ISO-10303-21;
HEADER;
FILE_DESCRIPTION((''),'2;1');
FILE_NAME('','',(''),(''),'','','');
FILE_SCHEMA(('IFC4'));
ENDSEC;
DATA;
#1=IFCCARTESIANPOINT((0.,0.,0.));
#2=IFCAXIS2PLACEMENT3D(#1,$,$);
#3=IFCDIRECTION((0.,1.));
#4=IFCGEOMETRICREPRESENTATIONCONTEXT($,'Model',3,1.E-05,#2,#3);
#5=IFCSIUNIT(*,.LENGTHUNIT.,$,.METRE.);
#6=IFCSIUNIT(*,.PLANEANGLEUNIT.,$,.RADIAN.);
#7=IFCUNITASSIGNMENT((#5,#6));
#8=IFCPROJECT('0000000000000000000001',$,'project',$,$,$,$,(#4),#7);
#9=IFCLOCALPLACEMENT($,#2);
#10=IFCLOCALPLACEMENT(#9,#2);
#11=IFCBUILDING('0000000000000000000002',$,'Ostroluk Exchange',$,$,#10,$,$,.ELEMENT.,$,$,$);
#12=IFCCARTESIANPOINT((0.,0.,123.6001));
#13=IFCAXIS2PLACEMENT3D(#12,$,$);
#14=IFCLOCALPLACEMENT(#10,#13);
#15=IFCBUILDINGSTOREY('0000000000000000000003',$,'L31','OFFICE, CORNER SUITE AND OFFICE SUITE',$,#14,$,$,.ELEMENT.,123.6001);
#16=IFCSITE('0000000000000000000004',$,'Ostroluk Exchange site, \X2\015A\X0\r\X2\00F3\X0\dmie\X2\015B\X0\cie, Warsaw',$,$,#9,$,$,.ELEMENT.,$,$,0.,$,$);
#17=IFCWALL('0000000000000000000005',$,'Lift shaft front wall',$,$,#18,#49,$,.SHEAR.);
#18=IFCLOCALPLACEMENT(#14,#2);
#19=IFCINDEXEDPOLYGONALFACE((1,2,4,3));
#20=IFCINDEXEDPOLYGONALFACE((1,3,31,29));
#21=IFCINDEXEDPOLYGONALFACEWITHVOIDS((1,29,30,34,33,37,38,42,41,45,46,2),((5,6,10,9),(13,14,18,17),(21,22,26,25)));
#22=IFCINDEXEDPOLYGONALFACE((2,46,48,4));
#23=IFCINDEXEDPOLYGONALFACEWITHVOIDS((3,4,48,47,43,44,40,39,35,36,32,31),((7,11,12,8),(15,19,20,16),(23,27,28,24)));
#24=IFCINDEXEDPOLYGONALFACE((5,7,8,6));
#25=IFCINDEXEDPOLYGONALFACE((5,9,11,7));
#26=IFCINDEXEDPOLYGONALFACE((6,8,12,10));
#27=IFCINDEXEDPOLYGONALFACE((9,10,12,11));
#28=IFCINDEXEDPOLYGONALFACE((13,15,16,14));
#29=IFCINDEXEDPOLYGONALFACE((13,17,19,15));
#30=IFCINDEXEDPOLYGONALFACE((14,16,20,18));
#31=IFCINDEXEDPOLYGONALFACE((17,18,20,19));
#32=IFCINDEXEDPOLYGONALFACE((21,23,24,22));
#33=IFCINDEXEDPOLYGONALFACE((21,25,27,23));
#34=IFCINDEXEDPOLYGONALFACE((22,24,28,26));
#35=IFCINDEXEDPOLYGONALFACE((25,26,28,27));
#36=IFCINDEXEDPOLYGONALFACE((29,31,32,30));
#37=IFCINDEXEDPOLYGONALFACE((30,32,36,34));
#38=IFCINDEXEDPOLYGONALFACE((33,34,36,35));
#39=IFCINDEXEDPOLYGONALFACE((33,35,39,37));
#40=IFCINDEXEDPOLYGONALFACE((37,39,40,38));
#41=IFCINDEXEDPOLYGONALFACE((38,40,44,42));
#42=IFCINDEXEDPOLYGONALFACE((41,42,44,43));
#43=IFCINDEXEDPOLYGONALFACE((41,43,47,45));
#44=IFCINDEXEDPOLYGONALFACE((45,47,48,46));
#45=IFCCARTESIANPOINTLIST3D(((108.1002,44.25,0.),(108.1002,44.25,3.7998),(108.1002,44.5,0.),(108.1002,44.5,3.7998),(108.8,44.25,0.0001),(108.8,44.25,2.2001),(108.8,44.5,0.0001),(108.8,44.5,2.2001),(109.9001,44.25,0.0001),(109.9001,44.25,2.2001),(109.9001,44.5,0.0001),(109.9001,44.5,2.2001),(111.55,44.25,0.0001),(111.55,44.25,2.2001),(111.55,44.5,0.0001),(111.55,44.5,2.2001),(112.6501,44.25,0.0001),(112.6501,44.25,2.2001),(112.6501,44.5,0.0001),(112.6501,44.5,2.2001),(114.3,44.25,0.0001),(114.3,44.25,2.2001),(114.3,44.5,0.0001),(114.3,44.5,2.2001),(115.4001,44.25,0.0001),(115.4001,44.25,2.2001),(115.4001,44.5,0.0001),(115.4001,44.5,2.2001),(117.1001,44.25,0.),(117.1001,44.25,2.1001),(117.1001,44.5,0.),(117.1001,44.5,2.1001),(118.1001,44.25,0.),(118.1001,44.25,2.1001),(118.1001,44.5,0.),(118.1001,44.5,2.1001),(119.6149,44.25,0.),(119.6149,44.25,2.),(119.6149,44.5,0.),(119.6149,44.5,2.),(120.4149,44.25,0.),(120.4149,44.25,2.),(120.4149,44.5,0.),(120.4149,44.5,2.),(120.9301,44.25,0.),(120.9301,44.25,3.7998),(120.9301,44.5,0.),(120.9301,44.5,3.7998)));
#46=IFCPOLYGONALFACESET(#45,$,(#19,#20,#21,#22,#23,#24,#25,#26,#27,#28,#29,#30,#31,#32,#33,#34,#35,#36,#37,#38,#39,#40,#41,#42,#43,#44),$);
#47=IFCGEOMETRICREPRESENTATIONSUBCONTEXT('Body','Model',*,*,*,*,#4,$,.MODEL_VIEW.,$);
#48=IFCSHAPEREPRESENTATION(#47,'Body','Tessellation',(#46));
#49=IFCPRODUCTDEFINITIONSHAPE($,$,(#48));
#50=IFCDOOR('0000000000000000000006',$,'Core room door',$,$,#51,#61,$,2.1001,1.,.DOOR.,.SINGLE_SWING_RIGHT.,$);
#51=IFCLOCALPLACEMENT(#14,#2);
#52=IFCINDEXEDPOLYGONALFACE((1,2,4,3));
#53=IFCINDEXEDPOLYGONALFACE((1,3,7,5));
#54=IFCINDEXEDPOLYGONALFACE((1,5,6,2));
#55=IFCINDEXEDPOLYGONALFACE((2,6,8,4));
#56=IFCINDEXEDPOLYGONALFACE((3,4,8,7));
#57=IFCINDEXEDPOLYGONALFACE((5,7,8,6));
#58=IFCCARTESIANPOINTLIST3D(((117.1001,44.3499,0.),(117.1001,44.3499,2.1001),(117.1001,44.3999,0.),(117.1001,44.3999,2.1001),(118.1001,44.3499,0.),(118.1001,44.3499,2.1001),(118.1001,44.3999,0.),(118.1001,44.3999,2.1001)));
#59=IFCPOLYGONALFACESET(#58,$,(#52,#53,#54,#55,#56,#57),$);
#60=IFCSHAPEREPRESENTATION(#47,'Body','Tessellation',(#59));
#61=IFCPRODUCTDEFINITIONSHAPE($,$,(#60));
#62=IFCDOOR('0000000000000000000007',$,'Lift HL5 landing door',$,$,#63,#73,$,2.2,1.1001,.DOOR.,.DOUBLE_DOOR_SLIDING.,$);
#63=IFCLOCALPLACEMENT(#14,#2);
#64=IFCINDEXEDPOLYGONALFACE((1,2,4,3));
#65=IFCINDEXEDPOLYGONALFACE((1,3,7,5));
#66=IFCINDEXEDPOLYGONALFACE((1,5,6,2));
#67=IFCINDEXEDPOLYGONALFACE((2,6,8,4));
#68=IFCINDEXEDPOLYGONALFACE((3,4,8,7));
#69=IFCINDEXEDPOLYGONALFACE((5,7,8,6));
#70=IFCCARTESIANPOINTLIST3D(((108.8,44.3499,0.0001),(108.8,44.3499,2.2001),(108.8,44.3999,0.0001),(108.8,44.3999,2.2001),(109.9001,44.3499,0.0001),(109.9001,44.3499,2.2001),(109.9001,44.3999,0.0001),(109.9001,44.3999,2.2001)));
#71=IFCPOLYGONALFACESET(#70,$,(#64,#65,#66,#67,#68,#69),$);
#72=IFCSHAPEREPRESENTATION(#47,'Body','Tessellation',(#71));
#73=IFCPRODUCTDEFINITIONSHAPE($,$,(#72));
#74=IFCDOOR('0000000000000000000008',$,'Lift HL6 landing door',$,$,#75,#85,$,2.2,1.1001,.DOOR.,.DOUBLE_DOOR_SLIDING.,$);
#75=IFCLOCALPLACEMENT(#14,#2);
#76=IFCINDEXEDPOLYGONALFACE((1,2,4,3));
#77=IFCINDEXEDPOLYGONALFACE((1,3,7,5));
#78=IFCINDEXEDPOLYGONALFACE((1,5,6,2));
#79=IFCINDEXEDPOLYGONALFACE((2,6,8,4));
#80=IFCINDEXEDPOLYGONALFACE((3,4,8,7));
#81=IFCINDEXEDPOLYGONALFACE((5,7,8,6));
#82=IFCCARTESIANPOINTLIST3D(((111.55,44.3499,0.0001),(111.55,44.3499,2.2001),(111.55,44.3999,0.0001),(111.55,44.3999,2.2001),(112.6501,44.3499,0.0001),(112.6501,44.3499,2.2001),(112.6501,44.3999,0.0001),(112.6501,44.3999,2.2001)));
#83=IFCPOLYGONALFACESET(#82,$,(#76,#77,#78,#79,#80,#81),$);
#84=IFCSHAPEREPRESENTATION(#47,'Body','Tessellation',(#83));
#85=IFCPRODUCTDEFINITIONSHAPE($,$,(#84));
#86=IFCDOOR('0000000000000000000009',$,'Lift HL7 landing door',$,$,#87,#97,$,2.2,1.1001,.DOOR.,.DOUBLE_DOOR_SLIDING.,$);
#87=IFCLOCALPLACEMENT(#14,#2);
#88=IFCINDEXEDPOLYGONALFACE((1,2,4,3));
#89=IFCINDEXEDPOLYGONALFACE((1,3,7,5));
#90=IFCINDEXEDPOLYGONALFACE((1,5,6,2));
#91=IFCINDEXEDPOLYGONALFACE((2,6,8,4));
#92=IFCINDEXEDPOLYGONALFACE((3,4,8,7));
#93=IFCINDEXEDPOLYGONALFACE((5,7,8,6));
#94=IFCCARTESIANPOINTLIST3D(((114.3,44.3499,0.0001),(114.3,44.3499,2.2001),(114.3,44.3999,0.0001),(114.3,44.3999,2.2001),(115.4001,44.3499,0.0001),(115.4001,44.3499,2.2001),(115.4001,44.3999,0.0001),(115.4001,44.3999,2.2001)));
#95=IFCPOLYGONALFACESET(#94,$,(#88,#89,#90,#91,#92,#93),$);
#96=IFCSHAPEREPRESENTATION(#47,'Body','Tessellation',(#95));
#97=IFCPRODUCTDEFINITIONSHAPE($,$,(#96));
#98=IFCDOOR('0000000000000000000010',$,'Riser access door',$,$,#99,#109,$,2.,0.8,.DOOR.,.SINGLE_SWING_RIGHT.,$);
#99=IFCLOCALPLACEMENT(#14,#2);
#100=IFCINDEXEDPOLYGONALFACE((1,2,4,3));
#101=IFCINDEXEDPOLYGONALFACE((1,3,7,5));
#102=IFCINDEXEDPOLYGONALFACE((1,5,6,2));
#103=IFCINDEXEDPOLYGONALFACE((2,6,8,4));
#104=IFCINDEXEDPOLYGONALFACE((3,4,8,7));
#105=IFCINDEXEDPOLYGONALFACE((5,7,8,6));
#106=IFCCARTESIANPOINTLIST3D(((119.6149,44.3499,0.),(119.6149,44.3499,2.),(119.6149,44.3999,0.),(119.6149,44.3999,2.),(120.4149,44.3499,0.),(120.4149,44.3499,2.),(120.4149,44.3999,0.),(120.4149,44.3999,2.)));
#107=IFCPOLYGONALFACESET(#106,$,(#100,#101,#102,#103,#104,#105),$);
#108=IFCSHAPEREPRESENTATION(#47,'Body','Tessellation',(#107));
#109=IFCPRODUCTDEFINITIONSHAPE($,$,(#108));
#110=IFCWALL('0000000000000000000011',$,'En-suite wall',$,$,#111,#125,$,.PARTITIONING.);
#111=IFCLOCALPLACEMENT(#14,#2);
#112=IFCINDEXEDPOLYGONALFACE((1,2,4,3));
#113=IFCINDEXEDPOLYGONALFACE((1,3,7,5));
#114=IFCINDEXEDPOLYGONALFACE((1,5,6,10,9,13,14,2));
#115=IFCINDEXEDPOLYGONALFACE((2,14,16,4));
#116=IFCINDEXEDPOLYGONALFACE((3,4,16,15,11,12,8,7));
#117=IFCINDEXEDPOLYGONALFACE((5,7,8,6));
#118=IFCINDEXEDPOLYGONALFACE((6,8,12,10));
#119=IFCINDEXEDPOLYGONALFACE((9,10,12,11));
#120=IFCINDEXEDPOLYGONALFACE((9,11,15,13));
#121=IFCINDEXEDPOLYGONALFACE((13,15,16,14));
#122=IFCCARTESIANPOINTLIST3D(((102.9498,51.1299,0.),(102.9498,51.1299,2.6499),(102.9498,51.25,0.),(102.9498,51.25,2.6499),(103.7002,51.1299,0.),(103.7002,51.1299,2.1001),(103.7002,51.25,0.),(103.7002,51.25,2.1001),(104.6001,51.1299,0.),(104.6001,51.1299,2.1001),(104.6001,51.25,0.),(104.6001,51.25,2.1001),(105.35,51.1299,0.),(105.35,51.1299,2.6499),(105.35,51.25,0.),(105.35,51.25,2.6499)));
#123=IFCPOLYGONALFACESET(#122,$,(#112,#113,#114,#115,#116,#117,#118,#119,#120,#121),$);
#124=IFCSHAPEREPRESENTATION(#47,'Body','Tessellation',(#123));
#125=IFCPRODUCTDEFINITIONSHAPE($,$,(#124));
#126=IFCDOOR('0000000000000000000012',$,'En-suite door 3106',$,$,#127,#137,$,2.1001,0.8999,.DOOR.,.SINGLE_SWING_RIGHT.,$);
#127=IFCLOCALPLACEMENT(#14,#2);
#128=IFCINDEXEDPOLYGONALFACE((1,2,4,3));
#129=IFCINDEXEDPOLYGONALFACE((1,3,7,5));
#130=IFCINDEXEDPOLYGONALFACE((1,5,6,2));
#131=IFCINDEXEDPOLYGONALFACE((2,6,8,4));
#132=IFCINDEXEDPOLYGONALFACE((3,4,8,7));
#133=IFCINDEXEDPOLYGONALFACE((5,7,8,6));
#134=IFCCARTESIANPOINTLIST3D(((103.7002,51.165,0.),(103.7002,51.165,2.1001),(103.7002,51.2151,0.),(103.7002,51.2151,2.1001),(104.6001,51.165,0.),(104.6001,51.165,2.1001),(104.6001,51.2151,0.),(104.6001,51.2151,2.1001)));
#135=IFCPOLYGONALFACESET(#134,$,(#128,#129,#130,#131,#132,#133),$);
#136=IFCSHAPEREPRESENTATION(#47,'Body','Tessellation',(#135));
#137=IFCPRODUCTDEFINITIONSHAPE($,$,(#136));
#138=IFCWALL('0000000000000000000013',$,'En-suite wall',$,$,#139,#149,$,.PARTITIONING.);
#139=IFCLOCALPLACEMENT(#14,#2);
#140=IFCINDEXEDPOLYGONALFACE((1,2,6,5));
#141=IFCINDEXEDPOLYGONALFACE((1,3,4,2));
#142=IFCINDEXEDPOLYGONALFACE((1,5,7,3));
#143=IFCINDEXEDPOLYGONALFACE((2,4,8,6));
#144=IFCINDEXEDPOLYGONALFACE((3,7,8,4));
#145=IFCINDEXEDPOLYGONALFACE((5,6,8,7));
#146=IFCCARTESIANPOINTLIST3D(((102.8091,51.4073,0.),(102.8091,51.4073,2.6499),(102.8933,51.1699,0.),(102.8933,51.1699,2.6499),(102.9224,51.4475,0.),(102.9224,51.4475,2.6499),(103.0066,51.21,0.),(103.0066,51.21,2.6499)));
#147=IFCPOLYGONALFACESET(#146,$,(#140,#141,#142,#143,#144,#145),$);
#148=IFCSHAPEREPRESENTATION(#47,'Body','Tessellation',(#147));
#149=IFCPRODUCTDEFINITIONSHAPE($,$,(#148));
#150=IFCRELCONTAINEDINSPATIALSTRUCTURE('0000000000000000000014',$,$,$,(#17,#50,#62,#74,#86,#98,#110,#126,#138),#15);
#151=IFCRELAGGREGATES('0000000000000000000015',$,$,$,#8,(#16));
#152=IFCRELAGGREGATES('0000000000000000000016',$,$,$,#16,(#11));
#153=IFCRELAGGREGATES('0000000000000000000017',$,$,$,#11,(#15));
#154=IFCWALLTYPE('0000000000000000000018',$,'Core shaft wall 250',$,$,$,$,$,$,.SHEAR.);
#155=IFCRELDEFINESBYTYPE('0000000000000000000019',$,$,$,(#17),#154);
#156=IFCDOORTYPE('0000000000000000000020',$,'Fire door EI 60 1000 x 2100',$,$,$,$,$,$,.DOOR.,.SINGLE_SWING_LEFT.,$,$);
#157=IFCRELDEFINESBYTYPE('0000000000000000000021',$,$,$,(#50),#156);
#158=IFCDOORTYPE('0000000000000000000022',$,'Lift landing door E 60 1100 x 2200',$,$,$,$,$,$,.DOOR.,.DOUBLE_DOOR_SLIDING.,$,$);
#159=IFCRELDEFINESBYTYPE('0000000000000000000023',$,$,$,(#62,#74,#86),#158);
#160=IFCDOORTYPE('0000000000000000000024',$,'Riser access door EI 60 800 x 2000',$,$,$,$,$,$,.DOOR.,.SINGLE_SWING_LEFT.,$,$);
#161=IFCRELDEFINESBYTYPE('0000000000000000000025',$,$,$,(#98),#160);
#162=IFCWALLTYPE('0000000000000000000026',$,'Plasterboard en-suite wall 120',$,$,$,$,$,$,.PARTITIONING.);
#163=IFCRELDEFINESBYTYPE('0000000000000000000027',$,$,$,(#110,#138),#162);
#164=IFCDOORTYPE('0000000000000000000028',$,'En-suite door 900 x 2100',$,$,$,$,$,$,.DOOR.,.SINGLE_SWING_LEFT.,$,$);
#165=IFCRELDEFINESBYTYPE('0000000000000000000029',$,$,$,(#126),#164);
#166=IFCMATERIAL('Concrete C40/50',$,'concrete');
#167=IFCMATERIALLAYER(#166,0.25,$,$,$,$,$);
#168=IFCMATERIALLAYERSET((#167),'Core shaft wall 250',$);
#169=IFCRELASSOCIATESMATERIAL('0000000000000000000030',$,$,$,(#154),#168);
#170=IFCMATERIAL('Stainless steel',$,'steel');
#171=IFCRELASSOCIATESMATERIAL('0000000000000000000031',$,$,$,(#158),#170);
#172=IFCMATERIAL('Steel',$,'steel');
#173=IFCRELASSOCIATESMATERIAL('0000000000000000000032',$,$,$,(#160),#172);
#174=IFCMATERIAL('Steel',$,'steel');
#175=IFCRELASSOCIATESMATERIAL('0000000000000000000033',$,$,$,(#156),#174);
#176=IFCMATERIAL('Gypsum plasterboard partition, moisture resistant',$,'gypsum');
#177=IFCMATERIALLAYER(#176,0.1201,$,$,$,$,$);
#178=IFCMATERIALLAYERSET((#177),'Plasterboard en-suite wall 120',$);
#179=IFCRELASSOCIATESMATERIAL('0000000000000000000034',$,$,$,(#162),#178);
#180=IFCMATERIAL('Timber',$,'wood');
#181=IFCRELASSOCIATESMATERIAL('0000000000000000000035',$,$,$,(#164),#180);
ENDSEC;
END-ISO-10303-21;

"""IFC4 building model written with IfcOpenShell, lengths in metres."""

from ifc_helpers import new_model, si_unit, direction, frame, frame_2d, origin, place, context, subcontext, project, spatial, rectangle, extrude, material, layer, layer_set, type_object, element, fill, save


model = new_model("IFC4")

# Units and contexts
model_context = context("Model", 3, precision=1e-05, world=origin(), true_north=direction((0.0, 1.0)))
body_context = subcontext(model_context, "Body", "Model", "MODEL_VIEW")
ifc_project = project(units=[si_unit("LENGTHUNIT", "METRE"), si_unit("PLANEANGLEUNIT", "RADIAN")], contexts=[model_context])

# Site, building, storey
site_placement = place(None, origin())
site = spatial("IfcSite", under=ifc_project, at=site_placement, Name="Ostroluk Exchange site, Śródmieście, Warsaw", CompositionType="ELEMENT", RefElevation=0.0)
building_placement = place(site_placement, origin())
building = spatial("IfcBuilding", under=site, at=building_placement, Name="Ostroluk Exchange", CompositionType="ELEMENT")
storey_placement = place(building_placement, frame((0.0, 0.0, 123.6001)))
storey = spatial("IfcBuildingStorey", under=building, at=storey_placement, Name="L31", Description="OFFICE, CORNER SUITE AND OFFICE SUITE", CompositionType="ELEMENT", Elevation=123.6001)

# Shared definitions
ifc_material_1 = material(Name="Concrete C40/50", Category="concrete")
ifc_layer_1 = layer(ifc_material_1, 0.25)
ifc_layer_set_1 = layer_set([ifc_layer_1], Name="Core shaft wall 250")
wall_type_1 = type_object("IfcWallType", Name="Core shaft wall 250", PredefinedType="SHEAR", material=ifc_layer_set_1)

# Shared definitions
ifc_material_2 = material(Name="Stainless steel", Category="steel")
door_type_1 = type_object("IfcDoorType", Name="Lift landing door E 60 1100 x 2200", OperationType="DOUBLE_DOOR_SLIDING", PredefinedType="DOOR", material=ifc_material_2)
ifc_material_3 = material(Name="Steel", Category="steel")
door_type_2 = type_object("IfcDoorType", Name="Riser access door EI 60 800 x 2000", OperationType="SINGLE_SWING_LEFT", PredefinedType="DOOR", material=ifc_material_3)

# Wall, openings, doors
wall_1_placement = place(storey_placement, frame((108.1001, 44.375, 0.0), z_axis=(0.0, 0.0, 1.0), x_axis=(1.0, 0.0, 0.0)))
wall_1 = element("IfcWall", 1, at=wall_1_placement, inside=storey, type_object=wall_type_1, Name="Lift shaft front wall", PredefinedType="SHEAR", context=body_context, shape_type="SweptSolid", body=[
    extrude(rectangle(XDim=12.8298, YDim=0.25, at=frame_2d((6.415, 0.0))), origin(), (0.0, 0.0, 1.0), 3.7998),
])
opening_1_placement = place(wall_1_placement, frame((0.7, 0.0, 0.0)))
opening_1 = element("IfcOpeningElement", 2, at=opening_1_placement, cuts=wall_1, PredefinedType="OPENING", context=body_context, shape_type="SweptSolid", body=[
    extrude(rectangle(XDim=1.1001, YDim=2.2, at=frame_2d((0.55, 1.1001))), frame((0.0, 0.135, 0.0), z_axis=(0.0, -1.0, 0.0), x_axis=(1.0, 0.0, 0.0)), (0.0, 0.0, 1.0), 0.27),
])
opening_2_placement = place(wall_1_placement, frame((3.45, 0.0, 0.0)))
opening_2 = element("IfcOpeningElement", 3, at=opening_2_placement, cuts=wall_1, PredefinedType="OPENING", context=body_context, shape_type="SweptSolid", body=[
    extrude(rectangle(XDim=1.1001, YDim=2.2, at=frame_2d((0.55, 1.1001))), frame((0.0, 0.135, 0.0), z_axis=(0.0, -1.0, 0.0), x_axis=(1.0, 0.0, 0.0)), (0.0, 0.0, 1.0), 0.27),
])
opening_3_placement = place(wall_1_placement, frame((6.2, 0.0, 0.0)))
opening_3 = element("IfcOpeningElement", 4, at=opening_3_placement, cuts=wall_1, PredefinedType="OPENING", context=body_context, shape_type="SweptSolid", body=[
    extrude(rectangle(XDim=1.1001, YDim=2.2, at=frame_2d((0.55, 1.1001))), frame((0.0, 0.135, 0.0), z_axis=(0.0, -1.0, 0.0), x_axis=(1.0, 0.0, 0.0)), (0.0, 0.0, 1.0), 0.27),
])
opening_4_placement = place(wall_1_placement, frame((9.0, 0.0, 0.0)))
opening_4 = element("IfcOpeningElement", 5, at=opening_4_placement, cuts=wall_1, PredefinedType="OPENING", context=body_context, shape_type="SweptSolid", body=[
    extrude(rectangle(XDim=1.0, YDim=2.1001, at=frame_2d((0.5, 1.05))), frame((0.0, 0.135, 0.0), z_axis=(0.0, -1.0, 0.0), x_axis=(1.0, 0.0, 0.0)), (0.0, 0.0, 1.0), 0.27),
])
opening_5_placement = place(wall_1_placement, frame((11.5149, 0.0, 0.0)))
opening_5 = element("IfcOpeningElement", 6, at=opening_5_placement, cuts=wall_1, PredefinedType="OPENING", context=body_context, shape_type="SweptSolid", body=[
    extrude(rectangle(XDim=0.8, YDim=2.0, at=frame_2d((0.3999, 1.0))), frame((0.0, 0.135, 0.0), z_axis=(0.0, -1.0, 0.0), x_axis=(1.0, 0.0, 0.0)), (0.0, 0.0, 1.0), 0.27),
])
ifc_material_4 = material(Name="Steel", Category="steel")
door_type_3 = type_object("IfcDoorType", Name="Fire door EI 60 1000 x 2100", OperationType="SINGLE_SWING_LEFT", PredefinedType="DOOR", material=ifc_material_4)
door_1_placement = place(opening_4_placement, origin())
door_1 = element("IfcDoor", 7, at=door_1_placement, inside=storey, type_object=door_type_3, Name="Core room door", OperationType="SINGLE_SWING_RIGHT", OverallHeight=2.1001, OverallWidth=1.0, PredefinedType="DOOR", context=body_context, shape_type="SweptSolid", body=[
    extrude(rectangle(XDim=1.0, YDim=2.1001, at=frame_2d((0.5, 1.05))), frame((0.0, 0.0249, 0.0), z_axis=(0.0, -1.0, 0.0), x_axis=(1.0, 0.0, 0.0)), (0.0, 0.0, 1.0), 0.05),
])
fill(opening_4, door_1)
door_2_placement = place(opening_1_placement, origin())
door_2 = element("IfcDoor", 8, at=door_2_placement, inside=storey, type_object=door_type_1, Name="Lift HL5 landing door", OperationType="DOUBLE_DOOR_SLIDING", OverallHeight=2.2, OverallWidth=1.1001, PredefinedType="DOOR", context=body_context, shape_type="SweptSolid", body=[
    extrude(rectangle(XDim=1.1001, YDim=2.2, at=frame_2d((0.55, 1.1001))), frame((0.0, 0.0249, 0.0), z_axis=(0.0, -1.0, 0.0), x_axis=(1.0, 0.0, 0.0)), (0.0, 0.0, 1.0), 0.05),
])
fill(opening_1, door_2)
door_3_placement = place(opening_2_placement, origin())
door_3 = element("IfcDoor", 9, at=door_3_placement, inside=storey, type_object=door_type_1, Name="Lift HL6 landing door", OperationType="DOUBLE_DOOR_SLIDING", OverallHeight=2.2, OverallWidth=1.1001, PredefinedType="DOOR", context=body_context, shape_type="SweptSolid", body=[
    extrude(rectangle(XDim=1.1001, YDim=2.2, at=frame_2d((0.55, 1.1001))), frame((0.0, 0.0249, 0.0), z_axis=(0.0, -1.0, 0.0), x_axis=(1.0, 0.0, 0.0)), (0.0, 0.0, 1.0), 0.05),
])
fill(opening_2, door_3)
door_4_placement = place(opening_3_placement, origin())
door_4 = element("IfcDoor", 10, at=door_4_placement, inside=storey, type_object=door_type_1, Name="Lift HL7 landing door", OperationType="DOUBLE_DOOR_SLIDING", OverallHeight=2.2, OverallWidth=1.1001, PredefinedType="DOOR", context=body_context, shape_type="SweptSolid", body=[
    extrude(rectangle(XDim=1.1001, YDim=2.2, at=frame_2d((0.55, 1.1001))), frame((0.0, 0.0249, 0.0), z_axis=(0.0, -1.0, 0.0), x_axis=(1.0, 0.0, 0.0)), (0.0, 0.0, 1.0), 0.05),
])
fill(opening_3, door_4)
door_5_placement = place(opening_5_placement, origin())
door_5 = element("IfcDoor", 11, at=door_5_placement, inside=storey, type_object=door_type_2, Name="Riser access door", OperationType="SINGLE_SWING_RIGHT", OverallHeight=2.0, OverallWidth=0.8, PredefinedType="DOOR", context=body_context, shape_type="SweptSolid", body=[
    extrude(rectangle(XDim=0.8, YDim=2.0, at=frame_2d((0.3999, 1.0))), frame((0.0, 0.0249, 0.0), z_axis=(0.0, -1.0, 0.0), x_axis=(1.0, 0.0, 0.0)), (0.0, 0.0, 1.0), 0.05),
])
fill(opening_5, door_5)

# Wall, opening, door
ifc_material_5 = material(Name="Gypsum plasterboard partition, moisture resistant", Category="gypsum")
ifc_layer_2 = layer(ifc_material_5, 0.1201)
ifc_layer_set_2 = layer_set([ifc_layer_2], Name="Plasterboard en-suite wall 120")
wall_type_2 = type_object("IfcWallType", Name="Plasterboard en-suite wall 120", PredefinedType="PARTITIONING", material=ifc_layer_set_2)
wall_2_placement = place(storey_placement, frame((105.3501, 51.1899, 0.0), z_axis=(0.0, 0.0, 1.0), x_axis=(-1.0, 0.0, 0.0)))
wall_2 = element("IfcWall", 12, at=wall_2_placement, inside=storey, type_object=wall_type_2, Name="En-suite wall", PredefinedType="PARTITIONING", context=body_context, shape_type="SweptSolid", body=[
    extrude(rectangle(XDim=2.4001, YDim=0.1201, at=frame_2d((1.2002, 0.0))), origin(), (0.0, 0.0, 1.0), 2.6499),
])
opening_6_placement = place(wall_2_placement, frame((0.75, 0.0, 0.0)))
opening_6 = element("IfcOpeningElement", 13, at=opening_6_placement, cuts=wall_2, PredefinedType="OPENING", context=body_context, shape_type="SweptSolid", body=[
    extrude(rectangle(XDim=0.8999, YDim=2.1001, at=frame_2d((0.45, 1.05))), frame((0.0, 0.0701, 0.0), z_axis=(0.0, -1.0, 0.0), x_axis=(1.0, 0.0, 0.0)), (0.0, 0.0, 1.0), 0.1401),
])
ifc_material_6 = material(Name="Timber", Category="wood")
door_type_4 = type_object("IfcDoorType", Name="En-suite door 900 x 2100", OperationType="SINGLE_SWING_LEFT", PredefinedType="DOOR", material=ifc_material_6)
door_6_placement = place(opening_6_placement, origin())
door_6 = element("IfcDoor", 14, at=door_6_placement, inside=storey, type_object=door_type_4, Name="En-suite door 3106", OperationType="SINGLE_SWING_RIGHT", OverallHeight=2.1001, OverallWidth=0.8999, PredefinedType="DOOR", context=body_context, shape_type="SweptSolid", body=[
    extrude(rectangle(XDim=0.8999, YDim=2.1001, at=frame_2d((0.45, 1.05))), frame((0.0, 0.0249, 0.0), z_axis=(0.0, -1.0, 0.0), x_axis=(1.0, 0.0, 0.0)), (0.0, 0.0, 1.0), 0.05),
])
fill(opening_6, door_6)

# Wall
wall_3_placement = place(storey_placement, frame((102.95, 51.1899, 0.0), z_axis=(0.0, 0.0, 1.0), x_axis=(-0.334188, 0.942507, 0.0)))
element("IfcWall", 15, at=wall_3_placement, inside=storey, type_object=wall_type_2, Name="En-suite wall", PredefinedType="PARTITIONING", context=body_context, shape_type="SweptSolid", body=[
    extrude(rectangle(XDim=0.252, YDim=0.1201, at=frame_2d((0.126, 0.0))), origin(), (0.0, 0.0, 1.0), 2.6499),
])

save(model, "model.ifc")
